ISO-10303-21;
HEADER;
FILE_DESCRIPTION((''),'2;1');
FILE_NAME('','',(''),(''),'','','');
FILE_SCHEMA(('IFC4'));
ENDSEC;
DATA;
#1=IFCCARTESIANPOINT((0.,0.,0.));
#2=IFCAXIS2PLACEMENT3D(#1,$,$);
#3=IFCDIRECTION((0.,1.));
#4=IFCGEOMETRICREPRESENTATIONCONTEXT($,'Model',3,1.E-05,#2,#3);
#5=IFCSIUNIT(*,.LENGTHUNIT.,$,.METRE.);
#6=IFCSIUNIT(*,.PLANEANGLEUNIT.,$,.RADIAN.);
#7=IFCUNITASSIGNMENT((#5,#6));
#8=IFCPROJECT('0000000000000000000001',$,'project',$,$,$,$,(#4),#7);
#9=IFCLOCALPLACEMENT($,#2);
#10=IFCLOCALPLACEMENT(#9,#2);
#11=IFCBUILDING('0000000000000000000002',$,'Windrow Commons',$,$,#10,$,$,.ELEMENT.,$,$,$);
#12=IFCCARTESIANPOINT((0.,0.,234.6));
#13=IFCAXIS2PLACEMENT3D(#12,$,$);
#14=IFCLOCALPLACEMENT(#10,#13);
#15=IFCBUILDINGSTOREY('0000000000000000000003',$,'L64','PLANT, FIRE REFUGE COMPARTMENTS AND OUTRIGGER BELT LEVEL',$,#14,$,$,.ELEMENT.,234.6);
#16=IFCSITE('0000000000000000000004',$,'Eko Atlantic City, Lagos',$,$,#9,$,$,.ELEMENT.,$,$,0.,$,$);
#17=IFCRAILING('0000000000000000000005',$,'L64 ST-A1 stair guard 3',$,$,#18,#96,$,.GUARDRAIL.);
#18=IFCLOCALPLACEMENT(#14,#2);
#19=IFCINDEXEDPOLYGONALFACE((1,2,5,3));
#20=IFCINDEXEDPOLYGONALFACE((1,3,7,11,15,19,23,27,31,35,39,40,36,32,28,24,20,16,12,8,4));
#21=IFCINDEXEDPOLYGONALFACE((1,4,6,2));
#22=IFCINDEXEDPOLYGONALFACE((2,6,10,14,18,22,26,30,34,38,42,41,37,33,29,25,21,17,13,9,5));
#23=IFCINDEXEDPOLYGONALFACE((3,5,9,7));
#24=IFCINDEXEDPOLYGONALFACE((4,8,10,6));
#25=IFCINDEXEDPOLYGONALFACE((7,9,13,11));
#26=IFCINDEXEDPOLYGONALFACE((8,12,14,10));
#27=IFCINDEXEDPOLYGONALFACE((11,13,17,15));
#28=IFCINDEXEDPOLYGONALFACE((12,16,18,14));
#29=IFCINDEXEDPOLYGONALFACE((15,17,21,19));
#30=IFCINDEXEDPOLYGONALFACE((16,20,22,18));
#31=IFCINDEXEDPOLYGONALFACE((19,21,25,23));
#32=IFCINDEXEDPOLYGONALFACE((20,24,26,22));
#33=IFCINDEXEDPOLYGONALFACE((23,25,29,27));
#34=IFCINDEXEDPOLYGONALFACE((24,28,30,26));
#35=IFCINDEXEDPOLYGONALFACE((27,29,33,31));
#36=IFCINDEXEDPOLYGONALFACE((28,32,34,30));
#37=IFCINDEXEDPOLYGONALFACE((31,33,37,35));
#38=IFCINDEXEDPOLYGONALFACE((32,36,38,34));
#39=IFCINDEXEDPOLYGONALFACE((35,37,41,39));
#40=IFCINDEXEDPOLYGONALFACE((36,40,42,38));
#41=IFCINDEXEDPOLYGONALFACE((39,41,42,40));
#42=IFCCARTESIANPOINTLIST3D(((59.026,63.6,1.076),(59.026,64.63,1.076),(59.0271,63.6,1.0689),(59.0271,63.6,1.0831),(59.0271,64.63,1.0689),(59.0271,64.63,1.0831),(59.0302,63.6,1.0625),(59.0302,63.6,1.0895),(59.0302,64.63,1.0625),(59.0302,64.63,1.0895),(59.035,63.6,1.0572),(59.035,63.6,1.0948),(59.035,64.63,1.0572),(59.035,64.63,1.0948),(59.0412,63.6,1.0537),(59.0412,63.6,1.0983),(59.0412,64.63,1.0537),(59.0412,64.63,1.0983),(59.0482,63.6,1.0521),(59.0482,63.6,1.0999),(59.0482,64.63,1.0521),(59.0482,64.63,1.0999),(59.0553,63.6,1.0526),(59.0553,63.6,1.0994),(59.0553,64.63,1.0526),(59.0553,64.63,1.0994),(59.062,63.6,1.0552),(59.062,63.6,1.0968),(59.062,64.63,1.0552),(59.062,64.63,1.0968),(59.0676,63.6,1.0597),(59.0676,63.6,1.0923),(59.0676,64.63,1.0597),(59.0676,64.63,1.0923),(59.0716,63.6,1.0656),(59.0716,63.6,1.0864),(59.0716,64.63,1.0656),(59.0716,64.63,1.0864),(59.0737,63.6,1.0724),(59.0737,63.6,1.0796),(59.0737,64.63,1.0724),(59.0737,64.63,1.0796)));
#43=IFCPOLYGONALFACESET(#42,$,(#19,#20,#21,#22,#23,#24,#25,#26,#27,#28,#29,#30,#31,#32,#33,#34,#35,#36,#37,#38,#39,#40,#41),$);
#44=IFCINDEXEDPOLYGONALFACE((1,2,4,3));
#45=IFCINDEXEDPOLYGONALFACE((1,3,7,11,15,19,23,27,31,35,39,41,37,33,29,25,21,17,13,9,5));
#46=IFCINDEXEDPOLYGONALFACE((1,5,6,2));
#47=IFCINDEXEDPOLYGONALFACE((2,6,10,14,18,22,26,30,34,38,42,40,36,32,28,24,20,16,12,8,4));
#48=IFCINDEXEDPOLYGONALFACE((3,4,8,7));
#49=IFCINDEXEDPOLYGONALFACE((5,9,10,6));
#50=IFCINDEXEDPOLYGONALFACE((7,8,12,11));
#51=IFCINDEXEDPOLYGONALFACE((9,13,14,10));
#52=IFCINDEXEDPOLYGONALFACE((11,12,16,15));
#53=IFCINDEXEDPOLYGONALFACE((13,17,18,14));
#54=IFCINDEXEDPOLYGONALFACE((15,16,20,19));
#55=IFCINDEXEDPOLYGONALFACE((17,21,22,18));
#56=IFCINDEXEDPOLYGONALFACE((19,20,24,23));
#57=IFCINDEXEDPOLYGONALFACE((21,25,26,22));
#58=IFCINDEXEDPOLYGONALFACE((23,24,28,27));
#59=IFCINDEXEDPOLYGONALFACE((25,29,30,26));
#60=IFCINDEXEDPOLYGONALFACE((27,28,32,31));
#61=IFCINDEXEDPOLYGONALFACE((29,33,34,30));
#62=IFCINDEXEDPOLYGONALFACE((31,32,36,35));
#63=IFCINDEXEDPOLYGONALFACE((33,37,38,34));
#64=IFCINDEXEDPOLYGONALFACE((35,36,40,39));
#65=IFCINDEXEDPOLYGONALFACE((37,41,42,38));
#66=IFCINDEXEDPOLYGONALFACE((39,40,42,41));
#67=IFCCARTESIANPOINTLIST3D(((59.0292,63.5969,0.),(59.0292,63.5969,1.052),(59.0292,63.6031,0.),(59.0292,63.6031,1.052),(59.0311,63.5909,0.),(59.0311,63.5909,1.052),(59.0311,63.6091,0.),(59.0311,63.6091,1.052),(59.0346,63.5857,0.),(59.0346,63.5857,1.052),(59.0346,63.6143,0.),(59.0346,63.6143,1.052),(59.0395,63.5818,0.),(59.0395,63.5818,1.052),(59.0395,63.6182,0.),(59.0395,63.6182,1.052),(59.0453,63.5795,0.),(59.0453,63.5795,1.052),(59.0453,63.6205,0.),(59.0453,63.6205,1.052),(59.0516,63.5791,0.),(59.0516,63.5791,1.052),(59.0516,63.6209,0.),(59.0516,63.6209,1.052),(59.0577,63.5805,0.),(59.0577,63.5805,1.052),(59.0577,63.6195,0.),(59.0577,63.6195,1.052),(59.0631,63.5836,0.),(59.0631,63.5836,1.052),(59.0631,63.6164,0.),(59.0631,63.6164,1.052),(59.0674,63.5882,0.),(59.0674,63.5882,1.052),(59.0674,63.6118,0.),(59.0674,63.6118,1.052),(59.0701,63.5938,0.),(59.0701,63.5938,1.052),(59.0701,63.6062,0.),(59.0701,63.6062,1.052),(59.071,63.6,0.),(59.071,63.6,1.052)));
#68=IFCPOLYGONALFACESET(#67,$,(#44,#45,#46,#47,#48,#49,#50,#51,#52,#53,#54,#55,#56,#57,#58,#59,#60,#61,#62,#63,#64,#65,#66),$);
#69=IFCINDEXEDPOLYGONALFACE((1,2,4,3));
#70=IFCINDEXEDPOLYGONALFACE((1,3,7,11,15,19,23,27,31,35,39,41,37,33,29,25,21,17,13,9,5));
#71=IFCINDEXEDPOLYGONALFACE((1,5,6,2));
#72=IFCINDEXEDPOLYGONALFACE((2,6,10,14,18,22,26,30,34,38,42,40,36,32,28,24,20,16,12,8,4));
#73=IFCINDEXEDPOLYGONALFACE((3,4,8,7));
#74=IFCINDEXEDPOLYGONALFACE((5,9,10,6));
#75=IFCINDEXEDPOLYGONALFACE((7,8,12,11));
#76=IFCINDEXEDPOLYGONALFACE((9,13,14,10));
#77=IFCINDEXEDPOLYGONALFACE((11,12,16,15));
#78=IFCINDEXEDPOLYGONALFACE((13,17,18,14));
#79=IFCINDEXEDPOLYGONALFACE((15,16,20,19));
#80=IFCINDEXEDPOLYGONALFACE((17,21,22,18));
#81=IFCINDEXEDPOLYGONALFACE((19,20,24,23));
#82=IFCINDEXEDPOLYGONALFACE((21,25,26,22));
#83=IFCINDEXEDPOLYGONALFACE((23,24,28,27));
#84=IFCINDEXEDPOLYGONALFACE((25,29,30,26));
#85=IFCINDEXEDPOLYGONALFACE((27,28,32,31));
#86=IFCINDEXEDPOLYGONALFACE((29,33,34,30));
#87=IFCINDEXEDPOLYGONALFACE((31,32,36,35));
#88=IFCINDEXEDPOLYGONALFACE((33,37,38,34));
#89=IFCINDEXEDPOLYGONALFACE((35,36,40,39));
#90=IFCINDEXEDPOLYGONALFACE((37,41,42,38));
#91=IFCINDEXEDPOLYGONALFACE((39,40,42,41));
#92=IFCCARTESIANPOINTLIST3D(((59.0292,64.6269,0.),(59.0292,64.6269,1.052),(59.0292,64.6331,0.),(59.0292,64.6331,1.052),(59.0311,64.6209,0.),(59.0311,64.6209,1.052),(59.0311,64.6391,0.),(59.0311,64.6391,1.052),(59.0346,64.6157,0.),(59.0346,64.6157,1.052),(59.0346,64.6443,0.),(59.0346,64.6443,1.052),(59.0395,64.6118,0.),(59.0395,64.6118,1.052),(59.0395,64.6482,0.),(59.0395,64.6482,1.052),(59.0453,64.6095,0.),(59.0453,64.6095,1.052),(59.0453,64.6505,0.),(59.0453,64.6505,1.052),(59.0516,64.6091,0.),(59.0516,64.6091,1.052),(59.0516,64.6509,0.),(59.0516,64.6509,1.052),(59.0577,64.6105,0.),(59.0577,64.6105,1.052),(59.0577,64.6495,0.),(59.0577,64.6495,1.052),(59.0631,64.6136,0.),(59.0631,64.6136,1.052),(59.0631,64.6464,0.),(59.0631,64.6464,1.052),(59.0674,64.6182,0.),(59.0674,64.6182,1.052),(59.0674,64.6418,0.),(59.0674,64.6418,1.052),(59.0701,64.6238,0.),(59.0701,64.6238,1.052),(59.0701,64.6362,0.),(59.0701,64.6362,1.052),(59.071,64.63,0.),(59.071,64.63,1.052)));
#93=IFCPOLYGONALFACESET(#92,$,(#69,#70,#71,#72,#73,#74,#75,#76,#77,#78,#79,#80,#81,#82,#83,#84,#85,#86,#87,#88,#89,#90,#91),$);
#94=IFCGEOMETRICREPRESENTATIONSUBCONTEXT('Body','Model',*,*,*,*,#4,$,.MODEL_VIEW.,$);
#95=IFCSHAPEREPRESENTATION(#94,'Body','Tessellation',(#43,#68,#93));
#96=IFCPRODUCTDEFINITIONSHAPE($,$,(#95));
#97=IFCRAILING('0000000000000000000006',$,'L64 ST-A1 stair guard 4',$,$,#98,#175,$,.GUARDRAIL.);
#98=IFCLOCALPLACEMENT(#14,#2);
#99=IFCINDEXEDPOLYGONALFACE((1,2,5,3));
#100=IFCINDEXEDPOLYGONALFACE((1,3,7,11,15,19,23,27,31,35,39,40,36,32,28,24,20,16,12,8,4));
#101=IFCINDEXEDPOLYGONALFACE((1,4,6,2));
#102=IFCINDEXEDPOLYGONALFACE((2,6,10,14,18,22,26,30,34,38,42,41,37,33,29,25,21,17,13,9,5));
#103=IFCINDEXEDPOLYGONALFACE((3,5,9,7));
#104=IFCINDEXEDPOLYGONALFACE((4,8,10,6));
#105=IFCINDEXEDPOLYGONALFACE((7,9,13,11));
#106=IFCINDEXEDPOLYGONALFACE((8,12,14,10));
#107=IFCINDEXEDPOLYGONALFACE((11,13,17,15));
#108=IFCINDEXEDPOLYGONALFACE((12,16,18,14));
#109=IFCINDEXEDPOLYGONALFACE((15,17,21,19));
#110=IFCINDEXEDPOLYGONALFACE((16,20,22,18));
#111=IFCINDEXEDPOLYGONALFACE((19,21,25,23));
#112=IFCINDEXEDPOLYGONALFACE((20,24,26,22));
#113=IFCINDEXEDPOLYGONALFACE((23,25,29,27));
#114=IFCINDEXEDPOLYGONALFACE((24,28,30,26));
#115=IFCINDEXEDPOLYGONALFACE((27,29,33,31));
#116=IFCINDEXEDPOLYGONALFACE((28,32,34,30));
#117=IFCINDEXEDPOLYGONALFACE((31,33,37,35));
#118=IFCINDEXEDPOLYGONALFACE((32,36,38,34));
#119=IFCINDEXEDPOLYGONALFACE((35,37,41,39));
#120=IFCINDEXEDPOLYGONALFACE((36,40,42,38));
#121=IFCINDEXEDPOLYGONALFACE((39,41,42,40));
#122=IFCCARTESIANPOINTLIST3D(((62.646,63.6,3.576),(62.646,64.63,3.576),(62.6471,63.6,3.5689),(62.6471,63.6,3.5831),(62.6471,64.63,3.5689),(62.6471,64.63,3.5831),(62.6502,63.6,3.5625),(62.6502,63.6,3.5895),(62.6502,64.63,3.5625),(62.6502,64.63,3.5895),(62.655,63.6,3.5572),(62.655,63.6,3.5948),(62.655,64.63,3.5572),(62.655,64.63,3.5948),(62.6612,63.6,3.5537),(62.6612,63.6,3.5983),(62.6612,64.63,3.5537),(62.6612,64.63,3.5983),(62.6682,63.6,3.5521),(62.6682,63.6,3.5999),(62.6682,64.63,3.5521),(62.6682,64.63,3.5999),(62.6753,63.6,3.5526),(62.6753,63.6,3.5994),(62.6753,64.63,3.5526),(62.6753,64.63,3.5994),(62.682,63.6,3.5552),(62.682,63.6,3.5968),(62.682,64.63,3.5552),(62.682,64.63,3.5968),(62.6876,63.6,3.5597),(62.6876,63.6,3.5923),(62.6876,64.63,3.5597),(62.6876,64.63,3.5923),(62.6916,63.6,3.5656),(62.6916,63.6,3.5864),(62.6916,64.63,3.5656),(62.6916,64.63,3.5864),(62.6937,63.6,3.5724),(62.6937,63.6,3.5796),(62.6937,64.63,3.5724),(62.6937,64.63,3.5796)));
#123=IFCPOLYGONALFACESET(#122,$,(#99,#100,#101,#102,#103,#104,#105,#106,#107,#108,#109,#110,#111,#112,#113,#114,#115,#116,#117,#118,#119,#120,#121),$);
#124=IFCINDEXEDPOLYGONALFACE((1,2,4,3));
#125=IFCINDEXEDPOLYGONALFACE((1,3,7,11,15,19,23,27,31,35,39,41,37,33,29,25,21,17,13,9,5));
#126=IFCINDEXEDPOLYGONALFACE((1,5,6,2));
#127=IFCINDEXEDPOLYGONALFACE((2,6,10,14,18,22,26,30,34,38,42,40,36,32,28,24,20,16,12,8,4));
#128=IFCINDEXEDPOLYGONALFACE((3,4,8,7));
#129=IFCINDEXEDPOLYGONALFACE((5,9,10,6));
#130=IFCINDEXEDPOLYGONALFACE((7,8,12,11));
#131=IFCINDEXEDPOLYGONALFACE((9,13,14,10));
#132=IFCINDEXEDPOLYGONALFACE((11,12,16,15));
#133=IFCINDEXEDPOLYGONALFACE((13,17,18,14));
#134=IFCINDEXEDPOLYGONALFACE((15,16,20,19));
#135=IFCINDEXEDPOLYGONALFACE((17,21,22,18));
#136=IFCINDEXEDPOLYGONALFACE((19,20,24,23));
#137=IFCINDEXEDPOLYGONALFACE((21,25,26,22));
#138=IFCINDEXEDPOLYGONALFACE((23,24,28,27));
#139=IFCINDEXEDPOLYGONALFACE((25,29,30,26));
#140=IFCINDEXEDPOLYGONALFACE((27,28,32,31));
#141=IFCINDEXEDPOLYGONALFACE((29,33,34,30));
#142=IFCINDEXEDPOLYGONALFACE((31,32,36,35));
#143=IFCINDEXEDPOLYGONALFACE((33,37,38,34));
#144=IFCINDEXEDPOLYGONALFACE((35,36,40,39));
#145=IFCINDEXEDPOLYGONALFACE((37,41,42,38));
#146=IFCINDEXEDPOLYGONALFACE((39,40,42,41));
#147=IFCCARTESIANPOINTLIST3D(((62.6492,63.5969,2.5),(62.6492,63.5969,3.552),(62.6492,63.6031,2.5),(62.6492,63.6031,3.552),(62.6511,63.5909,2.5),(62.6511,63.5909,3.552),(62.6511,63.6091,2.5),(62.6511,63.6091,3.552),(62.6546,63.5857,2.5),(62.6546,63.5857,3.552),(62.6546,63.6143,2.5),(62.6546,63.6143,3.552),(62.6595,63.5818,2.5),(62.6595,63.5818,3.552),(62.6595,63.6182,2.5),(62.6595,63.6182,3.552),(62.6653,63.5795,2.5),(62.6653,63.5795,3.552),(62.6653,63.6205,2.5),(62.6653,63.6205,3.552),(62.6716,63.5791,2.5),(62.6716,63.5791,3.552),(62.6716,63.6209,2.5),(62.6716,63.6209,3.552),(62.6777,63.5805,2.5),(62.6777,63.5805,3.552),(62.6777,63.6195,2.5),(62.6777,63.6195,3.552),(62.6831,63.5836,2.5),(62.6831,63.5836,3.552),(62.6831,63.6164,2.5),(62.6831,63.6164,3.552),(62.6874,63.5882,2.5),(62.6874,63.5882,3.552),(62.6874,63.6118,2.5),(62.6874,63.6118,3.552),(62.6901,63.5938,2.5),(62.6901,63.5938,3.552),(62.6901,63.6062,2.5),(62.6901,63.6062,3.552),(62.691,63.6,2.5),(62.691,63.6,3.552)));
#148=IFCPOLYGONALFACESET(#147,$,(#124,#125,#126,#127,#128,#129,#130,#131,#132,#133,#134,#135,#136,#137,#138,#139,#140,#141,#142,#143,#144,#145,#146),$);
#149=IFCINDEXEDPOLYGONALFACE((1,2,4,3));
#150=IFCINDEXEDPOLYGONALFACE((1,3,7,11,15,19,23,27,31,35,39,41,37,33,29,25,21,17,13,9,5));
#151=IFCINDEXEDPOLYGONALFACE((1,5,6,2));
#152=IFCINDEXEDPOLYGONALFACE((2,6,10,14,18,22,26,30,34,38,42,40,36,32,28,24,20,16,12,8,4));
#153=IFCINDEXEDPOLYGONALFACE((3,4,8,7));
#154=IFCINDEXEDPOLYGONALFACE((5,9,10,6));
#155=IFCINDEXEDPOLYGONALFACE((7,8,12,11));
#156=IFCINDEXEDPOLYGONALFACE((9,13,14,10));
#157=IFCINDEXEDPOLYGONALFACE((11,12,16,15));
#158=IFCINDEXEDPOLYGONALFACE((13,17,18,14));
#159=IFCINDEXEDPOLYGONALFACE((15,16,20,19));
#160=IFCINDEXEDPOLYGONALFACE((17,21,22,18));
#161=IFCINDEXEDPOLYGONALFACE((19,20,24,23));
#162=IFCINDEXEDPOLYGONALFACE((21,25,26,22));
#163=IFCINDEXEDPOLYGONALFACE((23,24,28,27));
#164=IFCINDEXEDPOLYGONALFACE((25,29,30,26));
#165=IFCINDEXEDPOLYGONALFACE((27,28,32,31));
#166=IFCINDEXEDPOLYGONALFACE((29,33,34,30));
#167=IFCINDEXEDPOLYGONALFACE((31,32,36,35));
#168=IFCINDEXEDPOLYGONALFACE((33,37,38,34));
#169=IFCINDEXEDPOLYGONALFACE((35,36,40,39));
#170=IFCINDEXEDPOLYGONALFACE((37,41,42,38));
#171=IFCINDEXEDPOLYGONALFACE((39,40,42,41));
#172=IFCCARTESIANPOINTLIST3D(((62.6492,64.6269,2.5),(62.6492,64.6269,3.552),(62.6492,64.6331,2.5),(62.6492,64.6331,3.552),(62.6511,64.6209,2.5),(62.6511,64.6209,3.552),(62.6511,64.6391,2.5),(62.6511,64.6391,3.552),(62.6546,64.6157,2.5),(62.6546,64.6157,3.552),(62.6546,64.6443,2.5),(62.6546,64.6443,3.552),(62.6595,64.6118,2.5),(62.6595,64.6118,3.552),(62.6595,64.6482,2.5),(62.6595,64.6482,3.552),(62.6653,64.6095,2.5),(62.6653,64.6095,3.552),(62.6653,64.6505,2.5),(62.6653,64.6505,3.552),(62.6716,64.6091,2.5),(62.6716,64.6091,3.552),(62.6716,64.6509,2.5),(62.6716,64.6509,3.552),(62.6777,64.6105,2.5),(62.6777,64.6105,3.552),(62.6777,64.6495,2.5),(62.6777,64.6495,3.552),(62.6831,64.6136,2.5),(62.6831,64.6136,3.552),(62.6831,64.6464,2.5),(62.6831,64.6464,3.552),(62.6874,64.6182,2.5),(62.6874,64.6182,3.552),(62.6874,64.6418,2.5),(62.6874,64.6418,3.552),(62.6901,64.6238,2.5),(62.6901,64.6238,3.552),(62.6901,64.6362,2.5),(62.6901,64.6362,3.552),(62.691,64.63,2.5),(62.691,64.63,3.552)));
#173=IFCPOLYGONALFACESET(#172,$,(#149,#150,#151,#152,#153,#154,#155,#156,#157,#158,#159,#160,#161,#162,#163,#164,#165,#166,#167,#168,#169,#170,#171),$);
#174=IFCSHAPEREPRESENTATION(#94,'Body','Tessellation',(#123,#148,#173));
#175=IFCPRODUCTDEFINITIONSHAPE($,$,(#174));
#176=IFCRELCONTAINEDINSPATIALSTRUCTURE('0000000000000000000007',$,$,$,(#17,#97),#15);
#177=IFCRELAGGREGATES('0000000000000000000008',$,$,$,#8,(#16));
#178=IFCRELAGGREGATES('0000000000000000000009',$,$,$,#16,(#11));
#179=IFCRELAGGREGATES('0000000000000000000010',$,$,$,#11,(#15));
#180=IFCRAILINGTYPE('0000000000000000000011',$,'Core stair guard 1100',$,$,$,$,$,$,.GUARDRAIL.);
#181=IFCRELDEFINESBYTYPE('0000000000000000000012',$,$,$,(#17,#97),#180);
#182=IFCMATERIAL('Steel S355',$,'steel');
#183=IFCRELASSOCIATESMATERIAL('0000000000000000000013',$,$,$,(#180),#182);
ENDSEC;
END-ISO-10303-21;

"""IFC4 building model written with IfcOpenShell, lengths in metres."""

from ifc_helpers import new_model, si_unit, direction, frame, origin, origin_2d, place, context, subcontext, project, spatial, circle, extrude, material, type_object, element, save


model = new_model("IFC4")

# Units and contexts
model_context = context("Model", 3, precision=1e-05, world=origin(), true_north=direction((0.0, 1.0)))
body_context = subcontext(model_context, "Body", "Model", "MODEL_VIEW")
ifc_project = project(units=[si_unit("LENGTHUNIT", "METRE"), si_unit("PLANEANGLEUNIT", "RADIAN")], contexts=[model_context])

# Site, building, storey
site_placement = place(None, origin())
site = spatial("IfcSite", under=ifc_project, at=site_placement, Name="Eko Atlantic City, Lagos", CompositionType="ELEMENT", RefElevation=0.0)
building_placement = place(site_placement, origin())
building = spatial("IfcBuilding", under=site, at=building_placement, Name="Windrow Commons", CompositionType="ELEMENT")
storey_placement = place(building_placement, frame((0.0, 0.0, 234.6)))
storey = spatial("IfcBuildingStorey", under=building, at=storey_placement, Name="L64", Description="PLANT, FIRE REFUGE COMPARTMENTS AND OUTRIGGER BELT LEVEL", CompositionType="ELEMENT", Elevation=234.6)

# Railings
ifc_material_1 = material(Name="Steel S355", Category="steel")
railing_type_1 = type_object("IfcRailingType", Name="Core stair guard 1100", PredefinedType="GUARDRAIL", material=ifc_material_1)
for number, where, name in (
    (1, (59.05, 63.6, 0.0), "L64 ST-A1 stair guard 3"),
    (2, (62.67, 63.6, 2.5), "L64 ST-A1 stair guard 4"),
):
    element("IfcRailing", number, at=place(storey_placement, frame(where)), inside=storey, type_object=railing_type_1, Name=name, PredefinedType="GUARDRAIL", context=body_context, shape_type="SweptSolid", body=[
        extrude(circle(Radius=0.024, at=origin_2d()), frame((0.0, 0.0, 1.076), z_axis=(0.0, 1.0, 0.0), x_axis=(-1.0, 0.0, 0.0)), (0.0, 0.0, 1.0), 1.03),
        extrude(circle(Radius=0.021, at=origin_2d()), origin(), (0.0, 0.0, 1.0), 1.052),
        extrude(circle(Radius=0.021, at=origin_2d()), frame((0.0, 1.03, 0.0)), (0.0, 0.0, 1.0), 1.052),
    ])

save(model, "model.ifc")
